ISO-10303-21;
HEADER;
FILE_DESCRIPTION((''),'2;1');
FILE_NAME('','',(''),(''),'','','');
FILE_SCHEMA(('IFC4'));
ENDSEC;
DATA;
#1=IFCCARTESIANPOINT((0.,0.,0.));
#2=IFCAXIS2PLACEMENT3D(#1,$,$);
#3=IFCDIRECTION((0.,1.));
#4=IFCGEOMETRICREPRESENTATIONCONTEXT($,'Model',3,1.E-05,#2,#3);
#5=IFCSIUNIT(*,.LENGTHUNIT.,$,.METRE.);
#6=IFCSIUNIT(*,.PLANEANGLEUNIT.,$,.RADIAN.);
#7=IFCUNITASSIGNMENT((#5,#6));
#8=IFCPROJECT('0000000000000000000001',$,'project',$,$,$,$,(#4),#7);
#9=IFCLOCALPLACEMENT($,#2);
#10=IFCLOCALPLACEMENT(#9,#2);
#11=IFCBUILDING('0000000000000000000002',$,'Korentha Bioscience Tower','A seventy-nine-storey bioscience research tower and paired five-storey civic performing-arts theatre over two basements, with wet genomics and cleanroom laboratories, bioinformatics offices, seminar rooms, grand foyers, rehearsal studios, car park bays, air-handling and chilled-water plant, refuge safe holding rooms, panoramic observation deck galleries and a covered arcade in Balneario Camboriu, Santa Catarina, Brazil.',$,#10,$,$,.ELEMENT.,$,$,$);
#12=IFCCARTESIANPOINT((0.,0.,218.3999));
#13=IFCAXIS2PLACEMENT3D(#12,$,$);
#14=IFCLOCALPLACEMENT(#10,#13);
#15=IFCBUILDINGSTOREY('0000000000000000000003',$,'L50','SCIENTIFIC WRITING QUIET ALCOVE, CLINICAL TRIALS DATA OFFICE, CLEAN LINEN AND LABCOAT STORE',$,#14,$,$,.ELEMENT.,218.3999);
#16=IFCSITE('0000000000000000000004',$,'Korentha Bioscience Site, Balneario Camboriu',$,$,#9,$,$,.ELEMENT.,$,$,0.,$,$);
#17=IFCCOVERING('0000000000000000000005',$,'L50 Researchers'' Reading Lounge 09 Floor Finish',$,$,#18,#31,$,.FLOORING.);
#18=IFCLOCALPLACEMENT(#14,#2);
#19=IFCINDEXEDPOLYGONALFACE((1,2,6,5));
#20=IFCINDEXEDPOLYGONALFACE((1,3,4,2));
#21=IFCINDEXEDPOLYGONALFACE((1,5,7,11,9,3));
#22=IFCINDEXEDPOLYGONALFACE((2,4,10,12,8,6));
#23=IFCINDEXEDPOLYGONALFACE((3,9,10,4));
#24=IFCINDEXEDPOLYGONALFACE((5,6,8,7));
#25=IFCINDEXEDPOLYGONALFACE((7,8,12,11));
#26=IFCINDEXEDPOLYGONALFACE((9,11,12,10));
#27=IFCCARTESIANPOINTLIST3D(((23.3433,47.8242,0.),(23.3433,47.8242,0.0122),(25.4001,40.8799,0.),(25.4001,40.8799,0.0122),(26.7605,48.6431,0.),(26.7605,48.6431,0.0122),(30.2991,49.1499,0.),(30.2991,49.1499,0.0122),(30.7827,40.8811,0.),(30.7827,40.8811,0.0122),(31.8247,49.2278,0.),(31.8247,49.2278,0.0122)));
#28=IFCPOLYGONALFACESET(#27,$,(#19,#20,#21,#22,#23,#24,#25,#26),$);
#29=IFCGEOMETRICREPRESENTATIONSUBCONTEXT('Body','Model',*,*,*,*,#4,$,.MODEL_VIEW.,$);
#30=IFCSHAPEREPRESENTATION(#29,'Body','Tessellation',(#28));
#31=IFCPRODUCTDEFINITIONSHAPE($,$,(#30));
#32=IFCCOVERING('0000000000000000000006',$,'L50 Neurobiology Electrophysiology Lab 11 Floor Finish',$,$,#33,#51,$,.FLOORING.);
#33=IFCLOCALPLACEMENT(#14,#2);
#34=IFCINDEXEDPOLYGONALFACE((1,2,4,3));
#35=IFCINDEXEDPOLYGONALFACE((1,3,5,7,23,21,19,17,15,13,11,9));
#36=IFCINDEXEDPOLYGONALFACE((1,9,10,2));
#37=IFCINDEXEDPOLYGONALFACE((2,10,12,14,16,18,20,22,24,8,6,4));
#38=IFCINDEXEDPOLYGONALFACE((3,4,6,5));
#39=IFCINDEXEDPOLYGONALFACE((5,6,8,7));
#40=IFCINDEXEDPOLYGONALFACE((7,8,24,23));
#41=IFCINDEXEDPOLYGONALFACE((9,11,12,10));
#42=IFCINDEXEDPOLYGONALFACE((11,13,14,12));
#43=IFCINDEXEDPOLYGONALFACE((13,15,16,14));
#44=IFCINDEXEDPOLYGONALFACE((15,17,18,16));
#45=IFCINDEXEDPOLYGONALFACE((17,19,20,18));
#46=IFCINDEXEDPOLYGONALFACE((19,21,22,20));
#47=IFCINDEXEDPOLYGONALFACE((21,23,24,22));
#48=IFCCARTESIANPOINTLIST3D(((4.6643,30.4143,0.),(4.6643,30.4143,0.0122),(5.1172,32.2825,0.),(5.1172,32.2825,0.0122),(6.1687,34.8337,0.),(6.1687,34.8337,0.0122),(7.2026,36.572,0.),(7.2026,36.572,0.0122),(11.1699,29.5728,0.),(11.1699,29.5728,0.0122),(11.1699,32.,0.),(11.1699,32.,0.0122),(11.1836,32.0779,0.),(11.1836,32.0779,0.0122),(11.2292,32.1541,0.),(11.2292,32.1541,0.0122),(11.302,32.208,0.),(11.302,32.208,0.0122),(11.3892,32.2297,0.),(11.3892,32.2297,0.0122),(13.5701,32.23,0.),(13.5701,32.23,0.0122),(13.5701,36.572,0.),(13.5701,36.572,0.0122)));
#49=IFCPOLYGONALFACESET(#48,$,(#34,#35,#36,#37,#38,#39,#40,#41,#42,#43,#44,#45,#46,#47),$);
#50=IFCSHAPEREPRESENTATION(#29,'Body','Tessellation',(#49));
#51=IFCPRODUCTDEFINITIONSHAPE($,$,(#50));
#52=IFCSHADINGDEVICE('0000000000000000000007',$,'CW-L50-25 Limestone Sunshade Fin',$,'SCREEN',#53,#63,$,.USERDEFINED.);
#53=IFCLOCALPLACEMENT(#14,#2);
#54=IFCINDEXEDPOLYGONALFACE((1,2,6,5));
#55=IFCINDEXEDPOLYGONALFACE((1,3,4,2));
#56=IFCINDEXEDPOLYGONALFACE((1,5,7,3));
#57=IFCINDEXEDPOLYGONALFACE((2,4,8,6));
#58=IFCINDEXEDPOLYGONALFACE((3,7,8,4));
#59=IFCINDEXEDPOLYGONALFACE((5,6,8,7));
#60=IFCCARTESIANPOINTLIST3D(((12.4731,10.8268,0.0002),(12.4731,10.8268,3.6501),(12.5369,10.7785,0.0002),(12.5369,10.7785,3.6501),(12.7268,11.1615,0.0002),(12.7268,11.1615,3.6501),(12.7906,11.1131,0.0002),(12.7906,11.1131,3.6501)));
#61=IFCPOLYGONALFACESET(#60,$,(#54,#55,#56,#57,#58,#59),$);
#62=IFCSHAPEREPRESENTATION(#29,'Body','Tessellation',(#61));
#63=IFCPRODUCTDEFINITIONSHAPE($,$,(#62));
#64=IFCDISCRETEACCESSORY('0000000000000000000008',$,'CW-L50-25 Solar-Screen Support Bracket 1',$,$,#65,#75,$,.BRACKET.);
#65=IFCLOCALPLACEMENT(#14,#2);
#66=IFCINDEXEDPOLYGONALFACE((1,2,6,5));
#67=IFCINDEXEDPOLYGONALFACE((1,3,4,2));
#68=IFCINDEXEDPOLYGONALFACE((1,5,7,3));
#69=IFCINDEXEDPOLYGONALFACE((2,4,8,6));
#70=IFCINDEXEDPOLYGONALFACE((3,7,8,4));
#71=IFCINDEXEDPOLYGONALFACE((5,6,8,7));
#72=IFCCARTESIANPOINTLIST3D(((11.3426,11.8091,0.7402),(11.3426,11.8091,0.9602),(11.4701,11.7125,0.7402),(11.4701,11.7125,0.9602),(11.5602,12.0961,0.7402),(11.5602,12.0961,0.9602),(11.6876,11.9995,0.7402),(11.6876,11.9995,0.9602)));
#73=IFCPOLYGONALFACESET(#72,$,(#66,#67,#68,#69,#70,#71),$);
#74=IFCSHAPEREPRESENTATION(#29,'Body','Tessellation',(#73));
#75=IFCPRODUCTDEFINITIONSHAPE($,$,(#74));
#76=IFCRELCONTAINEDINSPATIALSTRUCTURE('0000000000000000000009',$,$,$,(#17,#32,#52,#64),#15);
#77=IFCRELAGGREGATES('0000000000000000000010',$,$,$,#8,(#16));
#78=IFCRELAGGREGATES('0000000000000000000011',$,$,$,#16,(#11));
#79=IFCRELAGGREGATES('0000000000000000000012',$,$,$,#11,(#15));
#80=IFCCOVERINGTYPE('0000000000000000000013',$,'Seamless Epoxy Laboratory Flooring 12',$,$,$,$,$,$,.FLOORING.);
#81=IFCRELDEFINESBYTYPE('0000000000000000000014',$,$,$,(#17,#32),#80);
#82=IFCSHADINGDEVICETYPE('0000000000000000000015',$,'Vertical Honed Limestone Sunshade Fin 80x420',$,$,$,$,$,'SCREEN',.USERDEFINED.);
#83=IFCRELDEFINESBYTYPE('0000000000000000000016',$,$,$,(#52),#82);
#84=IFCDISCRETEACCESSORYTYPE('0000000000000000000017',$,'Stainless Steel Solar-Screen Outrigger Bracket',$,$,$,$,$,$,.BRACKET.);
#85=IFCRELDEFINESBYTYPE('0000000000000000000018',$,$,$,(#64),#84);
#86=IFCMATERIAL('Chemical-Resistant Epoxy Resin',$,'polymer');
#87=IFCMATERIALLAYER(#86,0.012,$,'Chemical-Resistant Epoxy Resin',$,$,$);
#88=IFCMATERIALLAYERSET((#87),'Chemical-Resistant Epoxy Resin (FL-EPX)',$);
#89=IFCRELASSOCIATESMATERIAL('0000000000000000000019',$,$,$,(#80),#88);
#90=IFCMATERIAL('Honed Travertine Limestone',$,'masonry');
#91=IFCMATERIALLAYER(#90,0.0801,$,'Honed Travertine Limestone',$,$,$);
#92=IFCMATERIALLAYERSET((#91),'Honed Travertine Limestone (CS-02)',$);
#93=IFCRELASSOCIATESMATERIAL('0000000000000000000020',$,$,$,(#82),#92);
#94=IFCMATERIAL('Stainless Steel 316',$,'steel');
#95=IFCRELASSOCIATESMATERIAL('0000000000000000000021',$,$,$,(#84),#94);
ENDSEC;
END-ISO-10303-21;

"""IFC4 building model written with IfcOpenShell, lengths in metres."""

from ifc_helpers import new_model, si_unit, direction, frame, origin, origin_2d, place, context, subcontext, project, spatial, polyline, rectangle, outline, extrude, material, layer, layer_set, type_object, element, save


model = new_model("IFC4")

# Units and contexts
model_context = context("Model", 3, precision=1e-05, world=origin(), true_north=direction((0.0, 1.0)))
body_context = subcontext(model_context, "Body", "Model", "MODEL_VIEW")
ifc_project = project(units=[si_unit("LENGTHUNIT", "METRE"), si_unit("PLANEANGLEUNIT", "RADIAN")], contexts=[model_context])

# Site, building, storey
site_placement = place(None, origin())
site = spatial("IfcSite", under=ifc_project, at=site_placement, Name="Korentha Bioscience Site, Balneario Camboriu", CompositionType="ELEMENT", RefElevation=0.0)
building_placement = place(site_placement, origin())
building = spatial("IfcBuilding", under=site, at=building_placement, Name="Korentha Bioscience Tower", Description="A seventy-nine-storey bioscience research tower and paired five-storey civic performing-arts theatre over two basements, with wet genomics and cleanroom laboratories, bioinformatics offices, seminar rooms, grand foyers, rehearsal studios, car park bays, air-handling and chilled-water plant, refuge safe holding rooms, panoramic observation deck galleries and a covered arcade in Balneario Camboriu, Santa Catarina, Brazil.", CompositionType="ELEMENT")
storey_placement = place(building_placement, frame((0.0, 0.0, 218.3999)))
storey = spatial("IfcBuildingStorey", under=building, at=storey_placement, Name="L50", Description="SCIENTIFIC WRITING QUIET ALCOVE, CLINICAL TRIALS DATA OFFICE, CLEAN LINEN AND LABCOAT STORE", CompositionType="ELEMENT", Elevation=218.3999)

# Coverings
ifc_material_1 = material(Name="Chemical-Resistant Epoxy Resin", Category="polymer")
ifc_layer_1 = layer(ifc_material_1, 0.012, Name="Chemical-Resistant Epoxy Resin")
ifc_layer_set_1 = layer_set([ifc_layer_1], Name="Chemical-Resistant Epoxy Resin (FL-EPX)")
covering_type_1 = type_object("IfcCoveringType", Name="Seamless Epoxy Laboratory Flooring 12", PredefinedType="FLOORING", material=ifc_layer_set_1)
covering_1_placement = place(storey_placement, origin())
element("IfcCovering", 1, at=covering_1_placement, inside=storey, type_object=covering_type_1, Name="L50 Researchers' Reading Lounge 09 Floor Finish", PredefinedType="FLOORING", context=body_context, shape_type="SweptSolid", body=[
    extrude(outline(polyline([(26.7605, 48.6431), (30.2991, 49.1499), (31.8247, 49.2278), (30.7827, 40.8811), (25.4001, 40.8799), (23.3433, 47.8242), (26.7605, 48.6431)])), origin(), (0.0, 0.0, 1.0), 0.0122),
])
covering_2_placement = place(storey_placement, origin())
element("IfcCovering", 2, at=covering_2_placement, inside=storey, type_object=covering_type_1, Name="L50 Neurobiology Electrophysiology Lab 11 Floor Finish", PredefinedType="FLOORING", context=body_context, shape_type="SweptSolid", body=[
    extrude(outline(polyline([(7.2026, 36.572), (13.5701, 36.572), (13.5701, 32.23), (11.3892, 32.2297), (11.302, 32.208), (11.2292, 32.1541), (11.1836, 32.0779), (11.1699, 32.0), (11.1699, 29.5728), (4.6643, 30.4143), (5.1172, 32.2825), (6.1687, 34.8337), (7.2026, 36.572)])), origin(), (0.0, 0.0, 1.0), 0.0122),
])

# Shading device
ifc_material_2 = material(Name="Honed Travertine Limestone", Category="masonry")
ifc_layer_2 = layer(ifc_material_2, 0.0801, Name="Honed Travertine Limestone")
ifc_layer_set_2 = layer_set([ifc_layer_2], Name="Honed Travertine Limestone (CS-02)")
shading_device_type_1 = type_object("IfcShadingDeviceType", Name="Vertical Honed Limestone Sunshade Fin 80x420", ElementType="SCREEN", PredefinedType="USERDEFINED", material=ifc_layer_set_2)
shading_device_1_placement = place(storey_placement, frame((12.6318, 10.97, 0.0002), z_axis=(0.0, 0.0, 1.0), x_axis=(0.796889, -0.604126, 0.0)))
element("IfcShadingDevice", 3, at=shading_device_1_placement, inside=storey, type_object=shading_device_type_1, Name="CW-L50-25 Limestone Sunshade Fin", ObjectType="SCREEN", PredefinedType="USERDEFINED", context=body_context, shape_type="SweptSolid", body=[
    extrude(rectangle(XDim=0.0801, YDim=0.4199, at=origin_2d()), origin(), (0.0, 0.0, 1.0), 3.6499),
])

# Discrete accessory
ifc_material_3 = material(Name="Stainless Steel 316", Category="steel")
discrete_accessory_type = type_object("IfcDiscreteAccessoryType", Name="Stainless Steel Solar-Screen Outrigger Bracket", PredefinedType="BRACKET", material=ifc_material_3)
discrete_accessory_placement = place(storey_placement, frame((11.5151, 11.9043, 0.7402), z_axis=(0.0, 0.0, 1.0), x_axis=(0.796889, -0.604126, 0.0)))
element("IfcDiscreteAccessory", 4, at=discrete_accessory_placement, inside=storey, type_object=discrete_accessory_type, Name="CW-L50-25 Solar-Screen Support Bracket 1", PredefinedType="BRACKET", context=body_context, shape_type="SweptSolid", body=[
    extrude(rectangle(XDim=0.1599, YDim=0.3601, at=origin_2d()), origin(), (0.0, 0.0, 1.0), 0.22),
])

save(model, "model.ifc")
